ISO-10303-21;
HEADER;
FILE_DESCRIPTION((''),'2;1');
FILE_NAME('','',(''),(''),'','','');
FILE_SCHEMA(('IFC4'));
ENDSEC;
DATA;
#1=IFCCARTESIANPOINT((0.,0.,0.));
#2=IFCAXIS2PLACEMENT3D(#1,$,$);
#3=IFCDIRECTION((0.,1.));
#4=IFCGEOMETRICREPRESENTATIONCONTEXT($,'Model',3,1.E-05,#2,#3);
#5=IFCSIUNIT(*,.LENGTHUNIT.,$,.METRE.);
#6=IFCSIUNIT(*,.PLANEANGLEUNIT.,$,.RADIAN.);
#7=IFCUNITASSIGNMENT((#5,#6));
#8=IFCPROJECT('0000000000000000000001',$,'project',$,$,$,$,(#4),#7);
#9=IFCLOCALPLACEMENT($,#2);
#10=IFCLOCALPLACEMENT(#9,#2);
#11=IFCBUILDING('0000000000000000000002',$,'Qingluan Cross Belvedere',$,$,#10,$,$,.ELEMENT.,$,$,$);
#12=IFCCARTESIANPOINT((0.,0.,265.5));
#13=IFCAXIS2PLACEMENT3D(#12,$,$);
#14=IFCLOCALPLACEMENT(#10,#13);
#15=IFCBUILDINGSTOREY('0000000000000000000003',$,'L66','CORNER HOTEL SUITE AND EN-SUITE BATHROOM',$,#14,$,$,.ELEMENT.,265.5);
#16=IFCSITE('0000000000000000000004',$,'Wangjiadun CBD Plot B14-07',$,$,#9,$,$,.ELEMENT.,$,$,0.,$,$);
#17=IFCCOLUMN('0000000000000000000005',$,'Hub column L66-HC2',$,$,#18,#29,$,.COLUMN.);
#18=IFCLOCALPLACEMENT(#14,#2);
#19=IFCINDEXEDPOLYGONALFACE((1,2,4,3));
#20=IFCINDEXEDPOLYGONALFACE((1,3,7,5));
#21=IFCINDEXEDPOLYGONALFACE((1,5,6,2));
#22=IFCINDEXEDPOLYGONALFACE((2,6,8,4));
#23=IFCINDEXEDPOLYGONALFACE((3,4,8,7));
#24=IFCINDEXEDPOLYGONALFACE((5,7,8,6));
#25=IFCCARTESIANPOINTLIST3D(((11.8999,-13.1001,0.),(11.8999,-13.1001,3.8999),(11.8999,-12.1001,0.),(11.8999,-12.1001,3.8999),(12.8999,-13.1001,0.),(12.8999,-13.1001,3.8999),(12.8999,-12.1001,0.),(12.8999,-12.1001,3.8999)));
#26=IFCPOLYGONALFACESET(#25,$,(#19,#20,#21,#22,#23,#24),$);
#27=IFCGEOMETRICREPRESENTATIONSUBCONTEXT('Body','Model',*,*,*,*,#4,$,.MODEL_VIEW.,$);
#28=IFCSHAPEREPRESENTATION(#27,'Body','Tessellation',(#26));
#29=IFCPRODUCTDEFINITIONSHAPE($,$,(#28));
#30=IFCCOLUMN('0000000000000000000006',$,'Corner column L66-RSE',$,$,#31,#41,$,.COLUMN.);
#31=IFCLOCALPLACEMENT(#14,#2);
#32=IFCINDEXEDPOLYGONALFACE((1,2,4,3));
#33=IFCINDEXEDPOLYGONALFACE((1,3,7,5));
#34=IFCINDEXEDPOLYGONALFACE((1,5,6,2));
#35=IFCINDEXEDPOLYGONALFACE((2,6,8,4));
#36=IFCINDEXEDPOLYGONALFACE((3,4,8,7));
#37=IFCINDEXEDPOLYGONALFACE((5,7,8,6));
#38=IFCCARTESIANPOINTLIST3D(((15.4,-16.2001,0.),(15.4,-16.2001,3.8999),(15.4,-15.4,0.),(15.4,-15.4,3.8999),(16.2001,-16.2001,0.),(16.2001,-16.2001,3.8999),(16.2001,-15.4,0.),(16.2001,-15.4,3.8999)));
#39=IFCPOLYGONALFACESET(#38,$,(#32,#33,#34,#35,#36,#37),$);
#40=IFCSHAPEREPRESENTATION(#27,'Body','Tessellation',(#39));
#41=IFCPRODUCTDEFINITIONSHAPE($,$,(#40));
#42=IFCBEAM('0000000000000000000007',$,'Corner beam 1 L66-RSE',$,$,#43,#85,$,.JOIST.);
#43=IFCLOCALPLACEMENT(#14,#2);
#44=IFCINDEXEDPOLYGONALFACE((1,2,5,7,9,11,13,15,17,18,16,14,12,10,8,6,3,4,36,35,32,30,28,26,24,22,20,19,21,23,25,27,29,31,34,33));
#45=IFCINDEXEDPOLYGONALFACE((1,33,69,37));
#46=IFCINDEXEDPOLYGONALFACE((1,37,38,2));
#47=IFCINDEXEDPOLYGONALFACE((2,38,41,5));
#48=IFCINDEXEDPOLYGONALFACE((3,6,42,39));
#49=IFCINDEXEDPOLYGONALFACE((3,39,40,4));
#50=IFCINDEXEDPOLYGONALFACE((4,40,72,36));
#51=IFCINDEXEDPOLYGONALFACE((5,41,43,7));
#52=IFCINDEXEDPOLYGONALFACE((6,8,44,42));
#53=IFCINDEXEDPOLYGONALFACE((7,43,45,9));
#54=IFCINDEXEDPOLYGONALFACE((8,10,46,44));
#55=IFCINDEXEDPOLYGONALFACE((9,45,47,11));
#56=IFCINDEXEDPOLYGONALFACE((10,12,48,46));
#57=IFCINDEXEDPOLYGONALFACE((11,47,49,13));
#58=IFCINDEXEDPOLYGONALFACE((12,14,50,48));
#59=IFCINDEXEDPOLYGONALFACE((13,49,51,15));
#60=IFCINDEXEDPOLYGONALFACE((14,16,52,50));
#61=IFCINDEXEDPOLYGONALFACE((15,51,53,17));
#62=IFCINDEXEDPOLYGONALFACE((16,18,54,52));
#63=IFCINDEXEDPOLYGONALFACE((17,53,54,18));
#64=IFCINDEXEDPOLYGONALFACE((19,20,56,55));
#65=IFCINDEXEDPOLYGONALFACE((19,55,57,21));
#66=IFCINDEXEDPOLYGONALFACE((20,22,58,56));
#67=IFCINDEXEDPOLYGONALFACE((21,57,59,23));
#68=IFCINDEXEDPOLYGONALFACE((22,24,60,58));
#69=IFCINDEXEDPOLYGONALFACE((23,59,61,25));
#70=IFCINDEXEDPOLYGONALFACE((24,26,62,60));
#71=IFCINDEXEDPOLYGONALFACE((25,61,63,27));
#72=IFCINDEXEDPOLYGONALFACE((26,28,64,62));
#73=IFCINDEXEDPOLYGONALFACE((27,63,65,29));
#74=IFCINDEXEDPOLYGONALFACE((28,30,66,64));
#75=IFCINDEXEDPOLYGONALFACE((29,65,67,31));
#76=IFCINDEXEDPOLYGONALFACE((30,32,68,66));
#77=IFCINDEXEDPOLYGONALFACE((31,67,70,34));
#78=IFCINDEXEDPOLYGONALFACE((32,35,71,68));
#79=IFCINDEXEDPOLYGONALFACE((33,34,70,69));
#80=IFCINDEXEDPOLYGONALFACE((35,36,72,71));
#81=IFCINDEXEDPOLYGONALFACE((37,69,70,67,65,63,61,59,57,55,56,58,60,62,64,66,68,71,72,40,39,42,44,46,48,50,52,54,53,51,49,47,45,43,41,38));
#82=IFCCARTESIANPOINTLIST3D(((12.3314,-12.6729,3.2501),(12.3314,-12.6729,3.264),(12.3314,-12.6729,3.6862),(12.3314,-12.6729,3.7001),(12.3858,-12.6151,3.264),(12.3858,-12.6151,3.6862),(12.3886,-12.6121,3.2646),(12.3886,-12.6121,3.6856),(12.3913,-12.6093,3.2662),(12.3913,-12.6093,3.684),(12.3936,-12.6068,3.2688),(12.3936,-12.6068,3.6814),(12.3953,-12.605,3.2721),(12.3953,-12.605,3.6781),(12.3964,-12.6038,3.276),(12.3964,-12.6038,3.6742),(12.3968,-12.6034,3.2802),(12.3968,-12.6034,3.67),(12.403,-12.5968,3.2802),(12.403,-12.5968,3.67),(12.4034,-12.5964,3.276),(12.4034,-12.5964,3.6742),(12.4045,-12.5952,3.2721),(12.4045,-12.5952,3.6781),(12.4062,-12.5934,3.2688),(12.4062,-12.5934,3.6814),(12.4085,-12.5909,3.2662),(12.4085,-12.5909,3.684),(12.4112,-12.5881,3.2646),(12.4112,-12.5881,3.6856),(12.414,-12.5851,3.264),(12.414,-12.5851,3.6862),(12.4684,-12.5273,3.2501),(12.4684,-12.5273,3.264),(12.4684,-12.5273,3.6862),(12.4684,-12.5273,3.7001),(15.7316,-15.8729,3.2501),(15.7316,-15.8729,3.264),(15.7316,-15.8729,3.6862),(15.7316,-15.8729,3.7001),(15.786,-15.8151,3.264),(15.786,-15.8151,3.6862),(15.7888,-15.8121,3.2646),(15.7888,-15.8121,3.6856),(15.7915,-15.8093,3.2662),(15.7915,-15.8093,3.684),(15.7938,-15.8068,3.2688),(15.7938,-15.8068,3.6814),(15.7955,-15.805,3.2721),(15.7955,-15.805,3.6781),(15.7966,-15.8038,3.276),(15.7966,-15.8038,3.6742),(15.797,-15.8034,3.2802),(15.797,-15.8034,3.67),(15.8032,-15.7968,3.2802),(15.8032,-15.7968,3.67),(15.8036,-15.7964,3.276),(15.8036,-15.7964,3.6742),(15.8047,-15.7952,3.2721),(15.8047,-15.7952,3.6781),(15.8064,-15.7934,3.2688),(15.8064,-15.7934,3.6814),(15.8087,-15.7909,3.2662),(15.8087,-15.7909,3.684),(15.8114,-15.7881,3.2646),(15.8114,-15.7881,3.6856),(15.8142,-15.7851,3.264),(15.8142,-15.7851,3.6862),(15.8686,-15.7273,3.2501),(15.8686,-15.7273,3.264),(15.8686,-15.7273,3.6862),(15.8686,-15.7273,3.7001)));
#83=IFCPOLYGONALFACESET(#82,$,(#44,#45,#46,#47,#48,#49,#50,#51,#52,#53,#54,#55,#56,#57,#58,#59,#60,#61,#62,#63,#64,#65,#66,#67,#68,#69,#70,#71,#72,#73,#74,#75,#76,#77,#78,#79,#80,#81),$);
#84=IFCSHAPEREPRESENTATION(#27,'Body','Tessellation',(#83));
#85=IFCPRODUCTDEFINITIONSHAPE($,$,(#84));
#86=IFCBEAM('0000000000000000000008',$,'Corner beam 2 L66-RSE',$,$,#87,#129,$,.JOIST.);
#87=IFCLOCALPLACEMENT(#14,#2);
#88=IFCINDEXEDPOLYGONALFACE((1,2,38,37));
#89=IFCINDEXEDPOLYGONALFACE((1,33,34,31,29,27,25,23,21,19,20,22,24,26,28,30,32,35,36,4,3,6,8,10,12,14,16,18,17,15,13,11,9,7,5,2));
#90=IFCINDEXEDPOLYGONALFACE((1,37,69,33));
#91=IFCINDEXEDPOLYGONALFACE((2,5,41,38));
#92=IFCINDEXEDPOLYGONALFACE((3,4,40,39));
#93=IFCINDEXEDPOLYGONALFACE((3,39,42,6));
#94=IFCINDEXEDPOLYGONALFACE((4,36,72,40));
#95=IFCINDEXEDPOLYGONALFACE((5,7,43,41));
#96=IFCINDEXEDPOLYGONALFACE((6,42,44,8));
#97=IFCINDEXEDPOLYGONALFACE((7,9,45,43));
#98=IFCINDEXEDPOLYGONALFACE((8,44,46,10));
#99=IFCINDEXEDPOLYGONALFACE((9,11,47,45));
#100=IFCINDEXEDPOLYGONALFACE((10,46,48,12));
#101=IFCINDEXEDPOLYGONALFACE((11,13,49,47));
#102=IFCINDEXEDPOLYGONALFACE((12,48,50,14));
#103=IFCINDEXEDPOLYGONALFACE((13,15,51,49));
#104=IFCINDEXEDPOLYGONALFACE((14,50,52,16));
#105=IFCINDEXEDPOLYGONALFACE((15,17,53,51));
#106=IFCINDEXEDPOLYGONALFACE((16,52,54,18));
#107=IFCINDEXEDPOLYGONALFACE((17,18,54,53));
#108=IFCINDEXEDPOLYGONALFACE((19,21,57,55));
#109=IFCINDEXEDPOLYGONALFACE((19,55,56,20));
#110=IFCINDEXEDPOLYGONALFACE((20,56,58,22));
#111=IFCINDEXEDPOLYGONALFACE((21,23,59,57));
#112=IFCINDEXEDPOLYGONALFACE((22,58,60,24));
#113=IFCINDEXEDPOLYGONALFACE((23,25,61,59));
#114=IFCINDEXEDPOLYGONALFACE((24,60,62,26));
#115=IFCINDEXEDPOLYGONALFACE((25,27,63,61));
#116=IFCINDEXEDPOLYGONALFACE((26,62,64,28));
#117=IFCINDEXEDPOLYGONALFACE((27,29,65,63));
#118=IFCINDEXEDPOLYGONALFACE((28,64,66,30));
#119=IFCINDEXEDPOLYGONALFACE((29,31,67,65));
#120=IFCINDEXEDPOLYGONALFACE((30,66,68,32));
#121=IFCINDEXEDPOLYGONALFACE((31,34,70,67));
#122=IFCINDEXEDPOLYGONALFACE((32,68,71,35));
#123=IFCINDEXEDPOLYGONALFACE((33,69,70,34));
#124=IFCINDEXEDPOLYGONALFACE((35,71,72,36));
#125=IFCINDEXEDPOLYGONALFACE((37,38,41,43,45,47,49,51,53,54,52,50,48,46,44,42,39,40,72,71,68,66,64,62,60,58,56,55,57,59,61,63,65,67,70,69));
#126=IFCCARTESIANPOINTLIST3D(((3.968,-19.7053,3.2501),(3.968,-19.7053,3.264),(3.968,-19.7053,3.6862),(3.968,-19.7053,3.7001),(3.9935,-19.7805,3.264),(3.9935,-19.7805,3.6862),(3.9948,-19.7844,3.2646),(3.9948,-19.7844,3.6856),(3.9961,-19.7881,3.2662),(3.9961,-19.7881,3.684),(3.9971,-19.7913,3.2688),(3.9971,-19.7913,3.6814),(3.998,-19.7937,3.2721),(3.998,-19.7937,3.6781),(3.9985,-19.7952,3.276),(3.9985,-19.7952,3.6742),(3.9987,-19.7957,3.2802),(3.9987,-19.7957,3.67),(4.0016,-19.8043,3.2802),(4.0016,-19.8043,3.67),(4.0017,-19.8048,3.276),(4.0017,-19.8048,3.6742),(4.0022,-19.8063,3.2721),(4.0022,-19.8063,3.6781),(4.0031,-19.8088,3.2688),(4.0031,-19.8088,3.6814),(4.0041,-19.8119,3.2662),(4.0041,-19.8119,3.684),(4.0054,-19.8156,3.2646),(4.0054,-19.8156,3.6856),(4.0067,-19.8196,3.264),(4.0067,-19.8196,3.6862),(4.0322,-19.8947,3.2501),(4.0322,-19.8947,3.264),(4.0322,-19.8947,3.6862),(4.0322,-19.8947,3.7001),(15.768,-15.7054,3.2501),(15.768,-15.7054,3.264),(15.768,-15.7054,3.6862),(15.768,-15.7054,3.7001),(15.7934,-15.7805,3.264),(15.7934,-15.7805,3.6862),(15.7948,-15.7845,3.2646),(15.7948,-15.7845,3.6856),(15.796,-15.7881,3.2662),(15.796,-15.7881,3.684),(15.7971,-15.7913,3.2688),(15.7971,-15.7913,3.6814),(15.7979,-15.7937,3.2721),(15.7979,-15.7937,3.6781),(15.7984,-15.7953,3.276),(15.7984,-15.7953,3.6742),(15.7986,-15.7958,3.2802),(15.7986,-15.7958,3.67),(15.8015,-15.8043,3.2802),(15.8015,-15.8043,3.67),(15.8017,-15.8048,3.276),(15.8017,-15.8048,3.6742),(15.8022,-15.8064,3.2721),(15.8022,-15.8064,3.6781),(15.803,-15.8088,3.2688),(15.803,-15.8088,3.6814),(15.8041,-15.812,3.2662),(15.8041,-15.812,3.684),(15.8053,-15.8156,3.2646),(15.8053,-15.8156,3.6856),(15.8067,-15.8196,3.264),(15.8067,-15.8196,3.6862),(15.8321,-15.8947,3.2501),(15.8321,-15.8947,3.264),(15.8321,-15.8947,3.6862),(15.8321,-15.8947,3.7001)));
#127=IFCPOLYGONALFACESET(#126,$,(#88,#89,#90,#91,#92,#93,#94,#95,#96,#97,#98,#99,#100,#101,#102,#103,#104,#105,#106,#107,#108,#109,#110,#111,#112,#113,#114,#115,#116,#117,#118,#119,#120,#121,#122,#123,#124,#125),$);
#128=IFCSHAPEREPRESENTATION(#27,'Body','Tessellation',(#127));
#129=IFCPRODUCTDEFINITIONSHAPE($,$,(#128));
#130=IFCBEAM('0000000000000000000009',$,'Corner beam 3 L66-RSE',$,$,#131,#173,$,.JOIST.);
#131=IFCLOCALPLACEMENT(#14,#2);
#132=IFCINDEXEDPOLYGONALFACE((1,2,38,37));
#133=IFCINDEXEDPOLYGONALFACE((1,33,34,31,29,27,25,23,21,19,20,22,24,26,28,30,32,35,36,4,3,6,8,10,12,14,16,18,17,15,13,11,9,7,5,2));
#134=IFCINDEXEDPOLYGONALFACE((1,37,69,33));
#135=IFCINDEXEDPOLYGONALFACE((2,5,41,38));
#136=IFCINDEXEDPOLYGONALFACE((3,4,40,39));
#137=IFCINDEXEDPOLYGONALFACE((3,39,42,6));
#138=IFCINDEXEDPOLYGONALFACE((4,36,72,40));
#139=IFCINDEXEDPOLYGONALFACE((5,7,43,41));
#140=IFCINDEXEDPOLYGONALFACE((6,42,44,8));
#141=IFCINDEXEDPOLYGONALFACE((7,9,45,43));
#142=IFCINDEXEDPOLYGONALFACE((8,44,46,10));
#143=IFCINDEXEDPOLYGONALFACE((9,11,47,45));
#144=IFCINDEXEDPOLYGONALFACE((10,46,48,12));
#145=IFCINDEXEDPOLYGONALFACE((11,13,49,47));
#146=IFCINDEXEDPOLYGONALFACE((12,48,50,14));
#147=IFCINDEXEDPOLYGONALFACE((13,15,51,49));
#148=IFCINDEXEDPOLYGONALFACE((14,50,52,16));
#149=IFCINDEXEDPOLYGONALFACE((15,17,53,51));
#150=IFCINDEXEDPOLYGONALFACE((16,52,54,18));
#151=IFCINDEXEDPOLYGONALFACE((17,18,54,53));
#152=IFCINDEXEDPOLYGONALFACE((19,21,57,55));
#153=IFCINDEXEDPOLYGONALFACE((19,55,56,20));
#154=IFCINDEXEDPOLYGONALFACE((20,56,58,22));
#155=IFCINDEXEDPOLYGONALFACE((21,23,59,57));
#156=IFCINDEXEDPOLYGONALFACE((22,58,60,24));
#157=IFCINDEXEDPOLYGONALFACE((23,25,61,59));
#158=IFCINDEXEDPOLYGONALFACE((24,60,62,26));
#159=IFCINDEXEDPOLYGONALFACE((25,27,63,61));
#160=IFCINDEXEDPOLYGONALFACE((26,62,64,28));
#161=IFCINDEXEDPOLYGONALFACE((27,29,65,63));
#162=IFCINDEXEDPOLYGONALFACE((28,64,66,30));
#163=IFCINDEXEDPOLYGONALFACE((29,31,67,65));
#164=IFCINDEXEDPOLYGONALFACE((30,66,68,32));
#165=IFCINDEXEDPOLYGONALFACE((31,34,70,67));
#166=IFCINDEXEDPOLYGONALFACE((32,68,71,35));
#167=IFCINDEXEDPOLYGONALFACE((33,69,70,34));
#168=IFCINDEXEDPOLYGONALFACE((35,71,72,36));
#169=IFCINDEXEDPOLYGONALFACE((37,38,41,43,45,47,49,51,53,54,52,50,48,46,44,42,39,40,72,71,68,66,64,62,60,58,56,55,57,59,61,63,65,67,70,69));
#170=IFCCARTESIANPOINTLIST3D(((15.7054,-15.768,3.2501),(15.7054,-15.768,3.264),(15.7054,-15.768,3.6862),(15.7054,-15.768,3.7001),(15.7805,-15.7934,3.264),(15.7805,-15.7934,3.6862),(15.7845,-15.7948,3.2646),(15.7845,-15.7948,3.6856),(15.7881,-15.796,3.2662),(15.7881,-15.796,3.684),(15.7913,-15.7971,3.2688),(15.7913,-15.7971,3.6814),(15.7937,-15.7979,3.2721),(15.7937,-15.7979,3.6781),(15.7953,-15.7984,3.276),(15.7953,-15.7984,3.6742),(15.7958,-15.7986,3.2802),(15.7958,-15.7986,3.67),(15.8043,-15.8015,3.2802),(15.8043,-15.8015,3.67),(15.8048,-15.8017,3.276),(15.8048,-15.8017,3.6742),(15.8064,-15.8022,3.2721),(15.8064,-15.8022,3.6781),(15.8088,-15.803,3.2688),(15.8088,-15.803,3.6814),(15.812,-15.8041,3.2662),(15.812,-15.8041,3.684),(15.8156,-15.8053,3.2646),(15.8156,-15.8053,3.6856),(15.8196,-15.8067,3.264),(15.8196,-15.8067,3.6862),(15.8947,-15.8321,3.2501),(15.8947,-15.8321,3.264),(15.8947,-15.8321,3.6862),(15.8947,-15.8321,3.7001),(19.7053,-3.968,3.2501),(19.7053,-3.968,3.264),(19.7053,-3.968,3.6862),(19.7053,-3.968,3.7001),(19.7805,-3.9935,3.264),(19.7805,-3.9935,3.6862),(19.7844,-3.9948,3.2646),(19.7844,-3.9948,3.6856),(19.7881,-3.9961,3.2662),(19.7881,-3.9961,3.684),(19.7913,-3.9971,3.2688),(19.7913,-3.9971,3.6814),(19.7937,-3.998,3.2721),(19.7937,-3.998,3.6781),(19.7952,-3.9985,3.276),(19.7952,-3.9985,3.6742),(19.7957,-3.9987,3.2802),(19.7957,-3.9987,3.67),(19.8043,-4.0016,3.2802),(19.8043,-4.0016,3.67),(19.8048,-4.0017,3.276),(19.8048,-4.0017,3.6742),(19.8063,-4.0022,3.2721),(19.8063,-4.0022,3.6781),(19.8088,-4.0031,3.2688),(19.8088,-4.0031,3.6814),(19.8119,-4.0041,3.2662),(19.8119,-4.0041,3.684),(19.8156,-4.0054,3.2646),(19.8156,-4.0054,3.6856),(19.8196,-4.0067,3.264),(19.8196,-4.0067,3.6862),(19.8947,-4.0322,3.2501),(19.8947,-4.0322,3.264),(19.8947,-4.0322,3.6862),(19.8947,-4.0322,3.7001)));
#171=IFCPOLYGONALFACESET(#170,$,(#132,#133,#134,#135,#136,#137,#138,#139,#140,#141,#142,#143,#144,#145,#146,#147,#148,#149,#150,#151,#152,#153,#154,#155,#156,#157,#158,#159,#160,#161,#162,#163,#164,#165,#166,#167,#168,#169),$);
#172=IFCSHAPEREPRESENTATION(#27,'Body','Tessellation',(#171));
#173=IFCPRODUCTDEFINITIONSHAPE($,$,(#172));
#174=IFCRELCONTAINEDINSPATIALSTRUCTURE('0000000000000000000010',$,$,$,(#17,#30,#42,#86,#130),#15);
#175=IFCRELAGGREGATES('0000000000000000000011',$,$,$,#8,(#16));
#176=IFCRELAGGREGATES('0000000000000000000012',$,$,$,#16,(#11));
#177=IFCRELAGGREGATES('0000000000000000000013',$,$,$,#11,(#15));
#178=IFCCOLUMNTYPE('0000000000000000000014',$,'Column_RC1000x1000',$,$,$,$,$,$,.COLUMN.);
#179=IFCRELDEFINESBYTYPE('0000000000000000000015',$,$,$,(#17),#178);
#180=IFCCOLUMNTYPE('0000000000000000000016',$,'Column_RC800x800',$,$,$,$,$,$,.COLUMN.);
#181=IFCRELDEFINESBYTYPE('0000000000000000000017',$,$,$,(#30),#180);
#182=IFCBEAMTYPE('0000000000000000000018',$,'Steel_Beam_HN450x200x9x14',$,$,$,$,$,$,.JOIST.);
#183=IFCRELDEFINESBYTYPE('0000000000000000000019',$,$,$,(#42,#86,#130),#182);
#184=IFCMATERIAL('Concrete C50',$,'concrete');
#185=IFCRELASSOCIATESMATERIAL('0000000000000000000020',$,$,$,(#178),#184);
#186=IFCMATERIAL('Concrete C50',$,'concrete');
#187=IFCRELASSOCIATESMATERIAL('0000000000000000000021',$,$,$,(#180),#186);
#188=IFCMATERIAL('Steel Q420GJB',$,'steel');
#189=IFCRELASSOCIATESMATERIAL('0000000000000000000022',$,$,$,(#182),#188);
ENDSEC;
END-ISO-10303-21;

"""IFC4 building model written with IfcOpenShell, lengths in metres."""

from ifc_helpers import new_model, si_unit, direction, frame, origin, origin_2d, place, context, subcontext, project, spatial, rectangle, i_section, extrude, material, material_profile, profile_set, type_object, element, save


model = new_model("IFC4")

# Units and contexts
model_context = context("Model", 3, precision=1e-05, world=origin(), true_north=direction((0.0, 1.0)))
body_context = subcontext(model_context, "Body", "Model", "MODEL_VIEW")
ifc_project = project(units=[si_unit("LENGTHUNIT", "METRE"), si_unit("PLANEANGLEUNIT", "RADIAN")], contexts=[model_context])

# Site, building, storey
site_placement = place(None, origin())
site = spatial("IfcSite", under=ifc_project, at=site_placement, Name="Wangjiadun CBD Plot B14-07", CompositionType="ELEMENT", RefElevation=0.0)
building_placement = place(site_placement, origin())
building = spatial("IfcBuilding", under=site, at=building_placement, Name="Qingluan Cross Belvedere", CompositionType="ELEMENT")
storey_placement = place(building_placement, frame((0.0, 0.0, 265.5)))
storey = spatial("IfcBuildingStorey", under=building, at=storey_placement, Name="L66", Description="CORNER HOTEL SUITE AND EN-SUITE BATHROOM", CompositionType="ELEMENT", Elevation=265.5)

# Columns
ifc_material_1 = material(Name="Concrete C50", Category="concrete")
ifc_material_profile_1 = material_profile(ifc_material_1, rectangle(XDim=1.0, YDim=1.0, at=origin_2d()), Name="RC1000x1000")
ifc_profile_set_1 = profile_set([ifc_material_profile_1], Name="Concrete C50")
column_type_1 = type_object("IfcColumnType", Name="Column_RC1000x1000", PredefinedType="COLUMN", material=ifc_profile_set_1)
column_1_placement = place(storey_placement, frame((12.3999, -12.6001, 0.0), z_axis=(0.0, 0.0, 1.0), x_axis=(1.0, 0.0, 0.0)))
element("IfcColumn", 1, at=column_1_placement, inside=storey, type_object=column_type_1, Name="Hub column L66-HC2", PredefinedType="COLUMN", context=body_context, shape_type="SweptSolid", body=[
    extrude(rectangle(XDim=1.0, YDim=1.0, at=origin_2d()), origin(), (0.0, 0.0, 1.0), 3.8999),
])
ifc_material_2 = material(Name="Concrete C50", Category="concrete")
ifc_material_profile_2 = material_profile(ifc_material_2, rectangle(XDim=0.8, YDim=0.8, at=origin_2d()), Name="RC800x800")
ifc_profile_set_2 = profile_set([ifc_material_profile_2], Name="Concrete C50")
column_type_2 = type_object("IfcColumnType", Name="Column_RC800x800", PredefinedType="COLUMN", material=ifc_profile_set_2)
column_2_placement = place(storey_placement, frame((15.8, -15.8, 0.0), z_axis=(0.0, 0.0, 1.0), x_axis=(1.0, 0.0, 0.0)))
element("IfcColumn", 2, at=column_2_placement, inside=storey, type_object=column_type_2, Name="Corner column L66-RSE", PredefinedType="COLUMN", context=body_context, shape_type="SweptSolid", body=[
    extrude(rectangle(XDim=0.8, YDim=0.8, at=origin_2d()), origin(), (0.0, 0.0, 1.0), 3.8999),
])

# Beams
ifc_material_3 = material(Name="Steel Q420GJB", Category="steel")
ifc_material_profile_3 = material_profile(ifc_material_3, i_section(OverallWidth=0.2, OverallDepth=0.45, WebThickness=0.009, FlangeThickness=0.0139, FilletRadius=0.0161, at=origin_2d()), Name="HN450x200x9x14")
ifc_profile_set_3 = profile_set([ifc_material_profile_3], Name="Steel Q420GJB")
beam_type_1 = type_object("IfcBeamType", Name="Steel_Beam_HN450x200x9x14", PredefinedType="JOIST", material=ifc_profile_set_3)
beam_1_placement = place(storey_placement, frame((12.3999, -12.6001, 3.4751), z_axis=(0.72822, -0.685343, 0.0), x_axis=(0.685343, 0.72822, 0.0)))
element("IfcBeam", 3, at=beam_1_placement, inside=storey, type_object=beam_type_1, Name="Corner beam 1 L66-RSE", PredefinedType="JOIST", context=body_context, shape_type="SweptSolid", body=[
    extrude(i_section(OverallWidth=0.2, OverallDepth=0.45, WebThickness=0.009, FlangeThickness=0.0139, FilletRadius=0.0161, at=origin_2d()), origin(), (0.0, 0.0, 1.0), 4.6692),
])
for number, where, z_axis, x_axis, name in (
    (4, (15.8, -15.8, 3.4751), (-0.947066, -0.321038, 0.0), (0.321038, -0.947066, 0.0), "Corner beam 2 L66-RSE"),
    (5, (15.8, -15.8, 3.4751), (0.321038, 0.947066, 0.0), (-0.947066, 0.321038, 0.0), "Corner beam 3 L66-RSE"),
):
    element("IfcBeam", number, at=place(storey_placement, frame(where, z_axis=z_axis, x_axis=x_axis)), inside=storey, type_object=beam_type_1, Name=name, PredefinedType="JOIST", context=body_context, shape_type="SweptSolid", body=[
        extrude(i_section(OverallWidth=0.2, OverallDepth=0.45, WebThickness=0.009, FlangeThickness=0.0139, FilletRadius=0.0161, at=origin_2d()), origin(), (0.0, 0.0, 1.0), 12.4595),
    ])

save(model, "model.ifc")
